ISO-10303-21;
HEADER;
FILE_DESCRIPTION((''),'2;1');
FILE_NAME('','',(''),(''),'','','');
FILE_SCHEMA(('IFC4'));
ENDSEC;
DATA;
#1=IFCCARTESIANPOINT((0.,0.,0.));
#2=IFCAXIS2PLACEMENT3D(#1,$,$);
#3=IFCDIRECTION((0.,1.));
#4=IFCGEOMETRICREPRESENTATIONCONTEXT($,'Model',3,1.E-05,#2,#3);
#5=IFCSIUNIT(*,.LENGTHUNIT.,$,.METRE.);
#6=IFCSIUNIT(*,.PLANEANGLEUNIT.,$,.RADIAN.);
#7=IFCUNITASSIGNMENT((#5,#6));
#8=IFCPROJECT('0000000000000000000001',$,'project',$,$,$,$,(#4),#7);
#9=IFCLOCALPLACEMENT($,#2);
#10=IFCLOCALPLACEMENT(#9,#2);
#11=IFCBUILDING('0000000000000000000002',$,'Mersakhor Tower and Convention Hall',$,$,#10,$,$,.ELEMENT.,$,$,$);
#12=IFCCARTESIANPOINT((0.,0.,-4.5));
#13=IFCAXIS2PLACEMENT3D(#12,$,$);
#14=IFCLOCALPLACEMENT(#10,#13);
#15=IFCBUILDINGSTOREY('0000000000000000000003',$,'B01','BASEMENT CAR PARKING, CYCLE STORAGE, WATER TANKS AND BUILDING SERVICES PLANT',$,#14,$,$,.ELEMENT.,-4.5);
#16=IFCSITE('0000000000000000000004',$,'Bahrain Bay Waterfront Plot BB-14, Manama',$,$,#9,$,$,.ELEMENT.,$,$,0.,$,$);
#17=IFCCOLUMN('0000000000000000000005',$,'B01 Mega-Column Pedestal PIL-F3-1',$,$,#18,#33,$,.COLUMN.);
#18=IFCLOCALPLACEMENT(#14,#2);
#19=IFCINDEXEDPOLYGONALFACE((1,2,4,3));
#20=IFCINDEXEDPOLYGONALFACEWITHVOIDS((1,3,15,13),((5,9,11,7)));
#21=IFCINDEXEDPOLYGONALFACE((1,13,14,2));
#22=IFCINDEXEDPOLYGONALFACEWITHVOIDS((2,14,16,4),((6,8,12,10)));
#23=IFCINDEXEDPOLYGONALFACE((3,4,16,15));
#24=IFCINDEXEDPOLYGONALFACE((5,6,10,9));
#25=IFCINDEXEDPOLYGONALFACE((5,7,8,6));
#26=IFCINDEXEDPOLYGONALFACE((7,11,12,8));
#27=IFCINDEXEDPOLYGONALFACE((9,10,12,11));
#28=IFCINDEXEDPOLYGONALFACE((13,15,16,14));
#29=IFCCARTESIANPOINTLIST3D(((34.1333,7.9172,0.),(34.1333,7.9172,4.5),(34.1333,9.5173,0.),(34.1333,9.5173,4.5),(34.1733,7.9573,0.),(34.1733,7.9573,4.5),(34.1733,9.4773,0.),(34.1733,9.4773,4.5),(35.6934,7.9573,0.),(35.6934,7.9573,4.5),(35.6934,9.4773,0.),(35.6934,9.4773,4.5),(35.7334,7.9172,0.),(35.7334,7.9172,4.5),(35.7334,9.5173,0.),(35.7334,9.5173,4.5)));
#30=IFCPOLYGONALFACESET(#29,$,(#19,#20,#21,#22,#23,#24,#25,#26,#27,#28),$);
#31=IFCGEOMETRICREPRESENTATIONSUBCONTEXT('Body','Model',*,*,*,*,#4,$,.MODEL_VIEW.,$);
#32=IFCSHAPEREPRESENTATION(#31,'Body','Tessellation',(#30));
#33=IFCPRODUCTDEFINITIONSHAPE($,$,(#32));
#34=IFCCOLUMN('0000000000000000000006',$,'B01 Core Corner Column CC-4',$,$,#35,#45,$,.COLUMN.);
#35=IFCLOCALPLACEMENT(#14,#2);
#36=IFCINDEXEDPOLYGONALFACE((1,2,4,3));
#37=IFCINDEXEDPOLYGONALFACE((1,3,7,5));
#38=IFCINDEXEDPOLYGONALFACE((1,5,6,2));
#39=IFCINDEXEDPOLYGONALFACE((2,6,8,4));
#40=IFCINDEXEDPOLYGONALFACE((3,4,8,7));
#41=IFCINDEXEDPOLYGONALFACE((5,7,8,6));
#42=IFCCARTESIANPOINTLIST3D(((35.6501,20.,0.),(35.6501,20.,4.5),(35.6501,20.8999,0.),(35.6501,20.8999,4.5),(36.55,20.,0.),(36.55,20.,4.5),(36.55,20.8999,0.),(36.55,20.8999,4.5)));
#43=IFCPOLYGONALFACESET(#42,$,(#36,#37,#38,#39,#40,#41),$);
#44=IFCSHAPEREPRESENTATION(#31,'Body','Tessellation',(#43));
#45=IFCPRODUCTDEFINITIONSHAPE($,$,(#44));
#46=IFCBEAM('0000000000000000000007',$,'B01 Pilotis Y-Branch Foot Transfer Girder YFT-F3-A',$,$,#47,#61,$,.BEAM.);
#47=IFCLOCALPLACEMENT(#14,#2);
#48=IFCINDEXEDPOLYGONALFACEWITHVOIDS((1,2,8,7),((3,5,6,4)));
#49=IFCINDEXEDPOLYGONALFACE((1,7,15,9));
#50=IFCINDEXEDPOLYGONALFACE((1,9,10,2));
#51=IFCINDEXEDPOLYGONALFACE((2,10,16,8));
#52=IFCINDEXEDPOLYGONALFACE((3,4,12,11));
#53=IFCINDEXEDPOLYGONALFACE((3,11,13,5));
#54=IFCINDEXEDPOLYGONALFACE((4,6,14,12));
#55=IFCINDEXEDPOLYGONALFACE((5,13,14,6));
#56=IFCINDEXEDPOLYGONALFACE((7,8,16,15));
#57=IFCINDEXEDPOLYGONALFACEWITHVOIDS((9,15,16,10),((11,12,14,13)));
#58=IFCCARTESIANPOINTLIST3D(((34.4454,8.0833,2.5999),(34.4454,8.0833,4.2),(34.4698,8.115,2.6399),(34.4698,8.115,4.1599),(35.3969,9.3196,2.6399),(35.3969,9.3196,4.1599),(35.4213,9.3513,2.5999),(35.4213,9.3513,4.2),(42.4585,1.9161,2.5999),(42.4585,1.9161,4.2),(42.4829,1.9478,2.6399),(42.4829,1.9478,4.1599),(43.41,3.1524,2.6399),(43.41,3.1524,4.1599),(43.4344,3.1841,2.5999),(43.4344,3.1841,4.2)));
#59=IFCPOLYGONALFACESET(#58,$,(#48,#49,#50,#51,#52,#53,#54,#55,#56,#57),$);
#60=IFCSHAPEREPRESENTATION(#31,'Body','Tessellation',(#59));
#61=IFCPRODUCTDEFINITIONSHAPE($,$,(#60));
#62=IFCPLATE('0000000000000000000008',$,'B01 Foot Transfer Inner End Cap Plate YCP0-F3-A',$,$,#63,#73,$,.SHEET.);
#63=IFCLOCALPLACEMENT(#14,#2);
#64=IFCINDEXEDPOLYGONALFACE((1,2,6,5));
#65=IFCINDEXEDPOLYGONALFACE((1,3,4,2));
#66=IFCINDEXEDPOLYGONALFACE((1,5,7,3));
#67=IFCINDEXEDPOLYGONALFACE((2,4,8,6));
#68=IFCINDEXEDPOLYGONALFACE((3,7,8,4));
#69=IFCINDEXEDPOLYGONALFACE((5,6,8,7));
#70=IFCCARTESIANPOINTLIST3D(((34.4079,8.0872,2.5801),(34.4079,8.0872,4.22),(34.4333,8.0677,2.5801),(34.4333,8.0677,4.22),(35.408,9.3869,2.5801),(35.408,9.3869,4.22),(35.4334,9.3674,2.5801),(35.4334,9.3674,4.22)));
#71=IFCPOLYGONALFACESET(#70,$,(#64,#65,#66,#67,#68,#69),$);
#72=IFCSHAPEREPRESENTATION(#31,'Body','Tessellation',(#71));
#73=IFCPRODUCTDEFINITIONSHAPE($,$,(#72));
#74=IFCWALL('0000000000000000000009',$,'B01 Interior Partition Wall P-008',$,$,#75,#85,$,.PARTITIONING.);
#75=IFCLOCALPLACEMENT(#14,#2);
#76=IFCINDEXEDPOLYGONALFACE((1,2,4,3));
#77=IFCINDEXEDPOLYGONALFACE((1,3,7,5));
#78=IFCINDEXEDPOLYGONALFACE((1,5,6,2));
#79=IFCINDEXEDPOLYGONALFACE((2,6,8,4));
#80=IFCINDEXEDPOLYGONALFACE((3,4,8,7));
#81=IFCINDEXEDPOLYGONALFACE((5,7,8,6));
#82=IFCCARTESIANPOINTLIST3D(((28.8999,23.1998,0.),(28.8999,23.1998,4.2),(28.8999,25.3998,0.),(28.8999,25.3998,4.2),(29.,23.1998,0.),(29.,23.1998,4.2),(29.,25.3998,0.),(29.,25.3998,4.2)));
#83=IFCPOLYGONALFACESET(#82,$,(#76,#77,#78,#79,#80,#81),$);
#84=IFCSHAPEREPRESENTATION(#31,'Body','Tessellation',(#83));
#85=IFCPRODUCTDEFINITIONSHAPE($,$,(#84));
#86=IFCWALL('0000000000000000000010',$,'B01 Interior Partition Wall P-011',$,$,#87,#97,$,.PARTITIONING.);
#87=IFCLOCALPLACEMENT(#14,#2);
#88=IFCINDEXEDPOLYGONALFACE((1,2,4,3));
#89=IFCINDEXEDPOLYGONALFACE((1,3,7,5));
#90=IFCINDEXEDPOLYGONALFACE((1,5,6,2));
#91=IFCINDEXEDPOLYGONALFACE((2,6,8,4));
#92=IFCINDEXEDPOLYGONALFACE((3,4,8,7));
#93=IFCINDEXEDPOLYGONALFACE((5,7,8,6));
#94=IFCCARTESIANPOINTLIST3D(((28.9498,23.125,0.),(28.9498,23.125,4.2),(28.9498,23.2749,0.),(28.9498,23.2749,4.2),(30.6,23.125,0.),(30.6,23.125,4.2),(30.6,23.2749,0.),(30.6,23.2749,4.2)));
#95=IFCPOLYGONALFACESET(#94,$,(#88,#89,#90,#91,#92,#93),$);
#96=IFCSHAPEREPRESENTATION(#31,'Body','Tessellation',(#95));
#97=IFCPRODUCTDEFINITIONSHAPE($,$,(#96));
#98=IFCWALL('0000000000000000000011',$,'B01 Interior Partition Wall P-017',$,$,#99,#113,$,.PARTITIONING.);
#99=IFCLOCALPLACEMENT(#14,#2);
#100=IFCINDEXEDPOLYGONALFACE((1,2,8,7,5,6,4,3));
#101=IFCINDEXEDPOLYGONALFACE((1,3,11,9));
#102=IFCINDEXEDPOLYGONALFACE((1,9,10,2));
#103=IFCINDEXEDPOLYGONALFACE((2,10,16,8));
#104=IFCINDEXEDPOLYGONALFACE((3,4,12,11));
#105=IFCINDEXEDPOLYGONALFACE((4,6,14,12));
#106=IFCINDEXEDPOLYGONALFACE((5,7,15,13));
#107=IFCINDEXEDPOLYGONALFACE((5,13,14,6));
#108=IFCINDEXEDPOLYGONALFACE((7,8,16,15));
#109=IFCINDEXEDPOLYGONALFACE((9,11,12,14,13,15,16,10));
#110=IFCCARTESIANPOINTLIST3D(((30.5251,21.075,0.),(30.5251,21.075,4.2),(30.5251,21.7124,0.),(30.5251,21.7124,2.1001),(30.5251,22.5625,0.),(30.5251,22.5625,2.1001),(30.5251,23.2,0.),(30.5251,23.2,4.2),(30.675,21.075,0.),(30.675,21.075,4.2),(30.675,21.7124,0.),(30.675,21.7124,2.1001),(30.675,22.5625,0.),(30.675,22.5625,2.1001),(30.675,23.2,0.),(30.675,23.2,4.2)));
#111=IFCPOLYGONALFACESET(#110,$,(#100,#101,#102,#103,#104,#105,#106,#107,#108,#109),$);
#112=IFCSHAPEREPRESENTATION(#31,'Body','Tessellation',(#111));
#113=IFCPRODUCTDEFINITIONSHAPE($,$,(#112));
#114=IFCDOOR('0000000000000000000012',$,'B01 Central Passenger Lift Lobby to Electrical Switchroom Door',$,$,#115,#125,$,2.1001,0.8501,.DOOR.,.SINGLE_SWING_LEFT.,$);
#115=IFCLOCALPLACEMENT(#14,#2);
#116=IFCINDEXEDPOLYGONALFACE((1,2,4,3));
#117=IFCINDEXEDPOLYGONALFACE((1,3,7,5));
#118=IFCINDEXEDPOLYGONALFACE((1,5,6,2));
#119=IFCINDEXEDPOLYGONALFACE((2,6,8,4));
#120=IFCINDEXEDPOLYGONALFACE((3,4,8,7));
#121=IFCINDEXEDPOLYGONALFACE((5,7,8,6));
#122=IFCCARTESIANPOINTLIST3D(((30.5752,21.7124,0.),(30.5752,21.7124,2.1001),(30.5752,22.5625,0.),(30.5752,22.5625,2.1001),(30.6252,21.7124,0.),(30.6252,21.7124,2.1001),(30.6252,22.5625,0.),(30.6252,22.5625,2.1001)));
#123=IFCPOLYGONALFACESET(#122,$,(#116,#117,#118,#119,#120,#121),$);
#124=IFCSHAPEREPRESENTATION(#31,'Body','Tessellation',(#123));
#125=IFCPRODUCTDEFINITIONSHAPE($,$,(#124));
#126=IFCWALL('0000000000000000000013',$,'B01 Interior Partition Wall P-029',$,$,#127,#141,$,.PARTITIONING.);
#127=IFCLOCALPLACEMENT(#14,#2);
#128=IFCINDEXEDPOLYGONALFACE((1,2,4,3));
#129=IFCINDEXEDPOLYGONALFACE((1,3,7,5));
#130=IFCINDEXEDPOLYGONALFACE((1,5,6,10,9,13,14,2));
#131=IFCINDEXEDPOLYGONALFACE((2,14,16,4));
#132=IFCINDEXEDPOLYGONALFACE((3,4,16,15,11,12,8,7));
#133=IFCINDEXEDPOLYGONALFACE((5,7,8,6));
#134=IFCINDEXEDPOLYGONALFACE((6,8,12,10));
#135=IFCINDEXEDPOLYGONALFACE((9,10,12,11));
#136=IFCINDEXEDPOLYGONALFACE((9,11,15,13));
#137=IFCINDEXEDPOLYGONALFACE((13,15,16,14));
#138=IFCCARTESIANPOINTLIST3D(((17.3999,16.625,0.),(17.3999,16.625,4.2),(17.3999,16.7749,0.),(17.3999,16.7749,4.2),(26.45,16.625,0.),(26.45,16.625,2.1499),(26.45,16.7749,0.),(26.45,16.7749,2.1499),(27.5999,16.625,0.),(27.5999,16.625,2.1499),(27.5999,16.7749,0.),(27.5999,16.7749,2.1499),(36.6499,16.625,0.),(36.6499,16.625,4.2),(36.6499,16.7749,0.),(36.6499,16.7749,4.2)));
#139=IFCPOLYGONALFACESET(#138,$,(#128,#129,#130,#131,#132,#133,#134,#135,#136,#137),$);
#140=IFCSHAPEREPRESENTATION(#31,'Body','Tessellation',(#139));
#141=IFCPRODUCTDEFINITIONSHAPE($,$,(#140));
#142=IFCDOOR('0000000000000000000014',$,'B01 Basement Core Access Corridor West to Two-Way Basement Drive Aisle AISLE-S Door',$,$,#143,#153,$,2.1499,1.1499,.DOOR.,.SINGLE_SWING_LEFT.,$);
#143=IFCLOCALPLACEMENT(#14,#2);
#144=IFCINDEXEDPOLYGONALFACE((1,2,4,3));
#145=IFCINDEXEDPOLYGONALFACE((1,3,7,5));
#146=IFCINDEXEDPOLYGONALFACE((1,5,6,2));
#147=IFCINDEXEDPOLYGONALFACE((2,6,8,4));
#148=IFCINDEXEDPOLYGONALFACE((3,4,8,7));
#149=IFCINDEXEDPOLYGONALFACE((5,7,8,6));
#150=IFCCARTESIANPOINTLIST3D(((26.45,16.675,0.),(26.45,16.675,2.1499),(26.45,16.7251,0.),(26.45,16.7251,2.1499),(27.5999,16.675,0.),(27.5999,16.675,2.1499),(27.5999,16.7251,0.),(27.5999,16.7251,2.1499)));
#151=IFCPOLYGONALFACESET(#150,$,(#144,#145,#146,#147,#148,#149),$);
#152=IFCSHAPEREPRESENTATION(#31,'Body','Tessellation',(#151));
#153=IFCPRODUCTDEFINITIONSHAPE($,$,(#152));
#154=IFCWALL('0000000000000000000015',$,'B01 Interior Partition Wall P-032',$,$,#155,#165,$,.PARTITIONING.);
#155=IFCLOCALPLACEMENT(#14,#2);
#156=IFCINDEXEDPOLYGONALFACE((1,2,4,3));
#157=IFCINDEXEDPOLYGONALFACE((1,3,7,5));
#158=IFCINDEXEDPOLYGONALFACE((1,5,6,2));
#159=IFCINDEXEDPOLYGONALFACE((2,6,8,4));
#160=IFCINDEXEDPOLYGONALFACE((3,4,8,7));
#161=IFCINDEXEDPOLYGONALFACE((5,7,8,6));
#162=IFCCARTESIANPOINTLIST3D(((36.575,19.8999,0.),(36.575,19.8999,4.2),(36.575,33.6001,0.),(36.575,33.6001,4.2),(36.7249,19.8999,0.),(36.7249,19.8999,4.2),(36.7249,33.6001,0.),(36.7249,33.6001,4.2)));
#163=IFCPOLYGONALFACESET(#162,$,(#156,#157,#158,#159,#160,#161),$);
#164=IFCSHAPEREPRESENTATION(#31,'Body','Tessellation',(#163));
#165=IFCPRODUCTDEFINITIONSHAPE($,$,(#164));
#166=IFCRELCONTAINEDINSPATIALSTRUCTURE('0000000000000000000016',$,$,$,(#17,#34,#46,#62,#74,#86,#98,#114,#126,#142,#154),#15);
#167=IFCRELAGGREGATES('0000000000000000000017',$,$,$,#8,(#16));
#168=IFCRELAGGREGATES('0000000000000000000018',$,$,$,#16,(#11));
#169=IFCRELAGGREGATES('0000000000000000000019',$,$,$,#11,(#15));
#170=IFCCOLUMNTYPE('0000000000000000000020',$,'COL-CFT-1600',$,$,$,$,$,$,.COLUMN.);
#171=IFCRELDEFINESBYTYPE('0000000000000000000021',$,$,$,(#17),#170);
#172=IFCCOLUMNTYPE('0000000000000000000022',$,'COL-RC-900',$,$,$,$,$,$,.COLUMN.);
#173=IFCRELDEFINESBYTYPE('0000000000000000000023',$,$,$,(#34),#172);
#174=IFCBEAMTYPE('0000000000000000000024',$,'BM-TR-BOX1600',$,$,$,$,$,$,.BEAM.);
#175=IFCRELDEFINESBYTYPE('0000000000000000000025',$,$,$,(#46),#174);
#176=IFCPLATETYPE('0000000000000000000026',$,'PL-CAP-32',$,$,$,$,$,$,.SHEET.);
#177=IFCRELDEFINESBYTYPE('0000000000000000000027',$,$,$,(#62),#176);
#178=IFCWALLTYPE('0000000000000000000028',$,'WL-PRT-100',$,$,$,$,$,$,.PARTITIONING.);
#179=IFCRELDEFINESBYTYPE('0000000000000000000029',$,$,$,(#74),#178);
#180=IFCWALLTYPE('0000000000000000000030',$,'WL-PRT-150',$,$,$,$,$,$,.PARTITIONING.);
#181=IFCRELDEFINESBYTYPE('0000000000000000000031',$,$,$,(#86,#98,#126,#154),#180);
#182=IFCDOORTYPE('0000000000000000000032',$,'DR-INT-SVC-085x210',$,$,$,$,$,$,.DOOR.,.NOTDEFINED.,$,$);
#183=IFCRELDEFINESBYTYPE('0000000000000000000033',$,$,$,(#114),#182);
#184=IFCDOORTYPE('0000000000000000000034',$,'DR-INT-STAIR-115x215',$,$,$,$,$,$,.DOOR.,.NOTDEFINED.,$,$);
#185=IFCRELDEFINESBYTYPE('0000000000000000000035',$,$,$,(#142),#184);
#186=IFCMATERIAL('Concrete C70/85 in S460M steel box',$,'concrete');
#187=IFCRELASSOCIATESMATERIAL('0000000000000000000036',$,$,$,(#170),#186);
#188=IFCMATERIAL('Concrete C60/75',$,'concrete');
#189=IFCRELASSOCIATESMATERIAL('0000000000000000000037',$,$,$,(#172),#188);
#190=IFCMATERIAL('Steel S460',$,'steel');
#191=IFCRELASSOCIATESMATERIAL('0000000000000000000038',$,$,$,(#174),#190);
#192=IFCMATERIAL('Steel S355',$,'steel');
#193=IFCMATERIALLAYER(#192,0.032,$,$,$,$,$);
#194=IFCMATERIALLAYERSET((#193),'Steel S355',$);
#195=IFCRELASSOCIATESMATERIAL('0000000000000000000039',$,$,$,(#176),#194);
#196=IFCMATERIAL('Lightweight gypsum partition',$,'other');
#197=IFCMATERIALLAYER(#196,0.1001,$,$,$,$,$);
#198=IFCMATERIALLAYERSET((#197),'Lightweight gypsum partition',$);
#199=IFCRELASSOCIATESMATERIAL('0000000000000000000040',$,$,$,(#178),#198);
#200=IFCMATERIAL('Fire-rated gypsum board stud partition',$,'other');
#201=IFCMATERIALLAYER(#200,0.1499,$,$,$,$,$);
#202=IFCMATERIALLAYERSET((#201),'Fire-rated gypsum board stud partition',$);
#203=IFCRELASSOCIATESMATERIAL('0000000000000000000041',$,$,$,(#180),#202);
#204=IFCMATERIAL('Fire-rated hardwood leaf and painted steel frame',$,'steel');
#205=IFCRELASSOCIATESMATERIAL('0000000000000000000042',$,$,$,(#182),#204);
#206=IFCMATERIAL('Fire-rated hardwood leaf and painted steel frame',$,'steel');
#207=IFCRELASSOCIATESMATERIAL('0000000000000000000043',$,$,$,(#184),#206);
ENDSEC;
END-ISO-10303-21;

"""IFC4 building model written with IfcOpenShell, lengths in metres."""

from ifc_helpers import new_model, si_unit, direction, frame, frame_2d, origin, origin_2d, place, context, subcontext, project, spatial, rectangle, hollow_rectangle, extrude, material, layer, layer_set, material_profile, profile_set, type_object, element, fill, save


model = new_model("IFC4")

# Units and contexts
model_context = context("Model", 3, precision=1e-05, world=origin(), true_north=direction((0.0, 1.0)))
body_context = subcontext(model_context, "Body", "Model", "MODEL_VIEW")
ifc_project = project(units=[si_unit("LENGTHUNIT", "METRE"), si_unit("PLANEANGLEUNIT", "RADIAN")], contexts=[model_context])

# Site, building, storey
site_placement = place(None, origin())
site = spatial("IfcSite", under=ifc_project, at=site_placement, Name="Bahrain Bay Waterfront Plot BB-14, Manama", CompositionType="ELEMENT", RefElevation=0.0)
building_placement = place(site_placement, origin())
building = spatial("IfcBuilding", under=site, at=building_placement, Name="Mersakhor Tower and Convention Hall", CompositionType="ELEMENT")
storey_placement = place(building_placement, frame((0.0, 0.0, -4.5)))
storey = spatial("IfcBuildingStorey", under=building, at=storey_placement, Name="B01", Description="BASEMENT CAR PARKING, CYCLE STORAGE, WATER TANKS AND BUILDING SERVICES PLANT", CompositionType="ELEMENT", Elevation=-4.5)

# Columns
ifc_material_1 = material(Name="Concrete C70/85 in S460M steel box", Category="concrete")
ifc_material_profile_1 = material_profile(ifc_material_1, hollow_rectangle(XDim=1.6001, YDim=1.6001, WallThickness=0.04, at=origin_2d()), Name="SHS 1600x1600x40")
ifc_profile_set_1 = profile_set([ifc_material_profile_1], Name="Concrete C70/85 in S460M steel box")
column_type_1 = type_object("IfcColumnType", Name="COL-CFT-1600", PredefinedType="COLUMN", material=ifc_profile_set_1)
column_1_placement = place(storey_placement, frame((34.9333, 8.7173, 0.0), z_axis=(0.0, 0.0, 1.0), x_axis=(1.0, 0.0, 0.0)))
element("IfcColumn", 1, at=column_1_placement, inside=storey, type_object=column_type_1, Name="B01 Mega-Column Pedestal PIL-F3-1", PredefinedType="COLUMN", context=body_context, shape_type="SweptSolid", body=[
    extrude(hollow_rectangle(XDim=1.6001, YDim=1.6001, WallThickness=0.04, at=origin_2d()), origin(), (0.0, 0.0, 1.0), 4.5),
])
ifc_material_2 = material(Name="Concrete C60/75", Category="concrete")
ifc_material_profile_2 = material_profile(ifc_material_2, rectangle(XDim=0.8999, YDim=0.8999, at=origin_2d()), Name="RC 900x900")
ifc_profile_set_2 = profile_set([ifc_material_profile_2], Name="Concrete C60/75")
column_type_2 = type_object("IfcColumnType", Name="COL-RC-900", PredefinedType="COLUMN", material=ifc_profile_set_2)
column_2_placement = place(storey_placement, frame((36.1001, 20.45, 0.0), z_axis=(0.0, 0.0, 1.0), x_axis=(1.0, 0.0, 0.0)))
element("IfcColumn", 2, at=column_2_placement, inside=storey, type_object=column_type_2, Name="B01 Core Corner Column CC-4", PredefinedType="COLUMN", context=body_context, shape_type="SweptSolid", body=[
    extrude(rectangle(XDim=0.8999, YDim=0.8999, at=origin_2d()), origin(), (0.0, 0.0, 1.0), 4.5),
])

# Beam
ifc_material_3 = material(Name="Steel S460", Category="steel")
ifc_material_profile_3 = material_profile(ifc_material_3, hollow_rectangle(XDim=1.6001, YDim=1.6001, WallThickness=0.04, at=origin_2d()), Name="SHS 1600x1600x40")
ifc_profile_set_3 = profile_set([ifc_material_profile_3], Name="Steel S460")
beam_type = type_object("IfcBeamType", Name="BM-TR-BOX1600", PredefinedType="BEAM", material=ifc_profile_set_3)
beam_placement = place(storey_placement, frame((34.9333, 8.7173, 3.3999), z_axis=(0.792469, -0.609913, 0.0), x_axis=(0.609913, 0.792469, 0.0)))
element("IfcBeam", 3, at=beam_placement, inside=storey, type_object=beam_type, Name="B01 Pilotis Y-Branch Foot Transfer Girder YFT-F3-A", PredefinedType="BEAM", context=body_context, shape_type="SweptSolid", body=[
    extrude(hollow_rectangle(XDim=1.6001, YDim=1.6001, WallThickness=0.04, at=origin_2d()), origin(), (0.0, 0.0, 1.0), 10.1116),
])

# Plate
ifc_material_4 = material(Name="Steel S355", Category="steel")
ifc_layer_1 = layer(ifc_material_4, 0.032)
ifc_layer_set_1 = layer_set([ifc_layer_1], Name="Steel S355")
plate_type = type_object("IfcPlateType", Name="PL-CAP-32", PredefinedType="SHEET", material=ifc_layer_set_1)
plate_placement = place(storey_placement, frame((34.9207, 8.7273, 2.5801), z_axis=(0.0, 0.0, 1.0), x_axis=(0.792503, -0.609869, 0.0)))
element("IfcPlate", 4, at=plate_placement, inside=storey, type_object=plate_type, Name="B01 Foot Transfer Inner End Cap Plate YCP0-F3-A", PredefinedType="SHEET", context=body_context, shape_type="SweptSolid", body=[
    extrude(rectangle(XDim=0.032, YDim=1.6399, at=origin_2d()), origin(), (0.0, 0.0, 1.0), 1.6399),
])

# Walls
ifc_material_5 = material(Name="Lightweight gypsum partition", Category="other")
ifc_layer_2 = layer(ifc_material_5, 0.1001)
ifc_layer_set_2 = layer_set([ifc_layer_2], Name="Lightweight gypsum partition")
wall_type_1 = type_object("IfcWallType", Name="WL-PRT-100", PredefinedType="PARTITIONING", material=ifc_layer_set_2)
wall_1_placement = place(storey_placement, frame((28.95, 25.3999, 0.0), z_axis=(0.0, 0.0, 1.0), x_axis=(0.0, -1.0, 0.0)))
element("IfcWall", 5, at=wall_1_placement, inside=storey, type_object=wall_type_1, Name="B01 Interior Partition Wall P-008", PredefinedType="PARTITIONING", context=body_context, shape_type="SweptSolid", body=[
    extrude(rectangle(XDim=2.2, YDim=0.1001, at=frame_2d((1.1001, 0.0))), origin(), (0.0, 0.0, 1.0), 4.2),
])
ifc_material_6 = material(Name="Fire-rated gypsum board stud partition", Category="other")
ifc_layer_3 = layer(ifc_material_6, 0.1499)
ifc_layer_set_3 = layer_set([ifc_layer_3], Name="Fire-rated gypsum board stud partition")
wall_type_2 = type_object("IfcWallType", Name="WL-PRT-150", PredefinedType="PARTITIONING", material=ifc_layer_set_3)
wall_2_placement = place(storey_placement, frame((30.6001, 23.2, 0.0), z_axis=(0.0, 0.0, 1.0), x_axis=(-1.0, 0.0, 0.0)))
element("IfcWall", 6, at=wall_2_placement, inside=storey, type_object=wall_type_2, Name="B01 Interior Partition Wall P-011", PredefinedType="PARTITIONING", context=body_context, shape_type="SweptSolid", body=[
    extrude(rectangle(XDim=1.6501, YDim=0.1499, at=frame_2d((0.8252, 0.0))), origin(), (0.0, 0.0, 1.0), 4.2),
])

# Walls, openings, doors
wall_3_placement = place(storey_placement, frame((30.6001, 21.075, 0.0), z_axis=(0.0, 0.0, 1.0), x_axis=(0.0, 1.0, 0.0)))
wall_3 = element("IfcWall", 7, at=wall_3_placement, inside=storey, type_object=wall_type_2, Name="B01 Interior Partition Wall P-017", PredefinedType="PARTITIONING", context=body_context, shape_type="SweptSolid", body=[
    extrude(rectangle(XDim=2.125, YDim=0.1499, at=frame_2d((1.0625, 0.0))), origin(), (0.0, 0.0, 1.0), 4.2),
])
opening_1_placement = place(wall_3_placement, frame((0.6375, 0.0, 0.0)))
opening_1 = element("IfcOpeningElement", 8, at=opening_1_placement, cuts=wall_3, PredefinedType="OPENING", context=body_context, shape_type="SweptSolid", body=[
    extrude(rectangle(XDim=0.8501, YDim=2.1001, at=frame_2d((0.425, 1.05))), frame((0.0, 0.085, 0.0), z_axis=(0.0, -1.0, 0.0), x_axis=(1.0, 0.0, 0.0)), (0.0, 0.0, 1.0), 0.1699),
])
ifc_material_7 = material(Name="Fire-rated hardwood leaf and painted steel frame", Category="steel")
door_type_1 = type_object("IfcDoorType", Name="DR-INT-SVC-085x210", OperationType="NOTDEFINED", PredefinedType="DOOR", material=ifc_material_7)
door_1_placement = place(opening_1_placement, origin())
door_1 = element("IfcDoor", 9, at=door_1_placement, inside=storey, type_object=door_type_1, Name="B01 Central Passenger Lift Lobby to Electrical Switchroom Door", OperationType="SINGLE_SWING_LEFT", OverallHeight=2.1001, OverallWidth=0.8501, PredefinedType="DOOR", context=body_context, shape_type="SweptSolid", body=[
    extrude(rectangle(XDim=0.8501, YDim=2.1001, at=frame_2d((0.425, 1.05))), frame((0.0, 0.0249, 0.0), z_axis=(0.0, -1.0, 0.0), x_axis=(1.0, 0.0, 0.0)), (0.0, 0.0, 1.0), 0.05),
])
fill(opening_1, door_1)
wall_4_placement = place(storey_placement, frame((36.6499, 16.7, 0.0), z_axis=(0.0, 0.0, 1.0), x_axis=(-1.0, 0.0, 0.0)))
wall_4 = element("IfcWall", 10, at=wall_4_placement, inside=storey, type_object=wall_type_2, Name="B01 Interior Partition Wall P-029", PredefinedType="PARTITIONING", context=body_context, shape_type="SweptSolid", body=[
    extrude(rectangle(XDim=19.25, YDim=0.1499, at=frame_2d((9.625, 0.0))), origin(), (0.0, 0.0, 1.0), 4.2),
])
opening_2_placement = place(wall_4_placement, frame((9.05, 0.0, 0.0)))
opening_2 = element("IfcOpeningElement", 11, at=opening_2_placement, cuts=wall_4, PredefinedType="OPENING", context=body_context, shape_type="SweptSolid", body=[
    extrude(rectangle(XDim=1.1499, YDim=2.1499, at=frame_2d((0.575, 1.075))), frame((0.0, 0.085, 0.0), z_axis=(0.0, -1.0, 0.0), x_axis=(1.0, 0.0, 0.0)), (0.0, 0.0, 1.0), 0.1699),
])
ifc_material_8 = material(Name="Fire-rated hardwood leaf and painted steel frame", Category="steel")
door_type_2 = type_object("IfcDoorType", Name="DR-INT-STAIR-115x215", OperationType="NOTDEFINED", PredefinedType="DOOR", material=ifc_material_8)
door_2_placement = place(opening_2_placement, origin())
door_2 = element("IfcDoor", 12, at=door_2_placement, inside=storey, type_object=door_type_2, Name="B01 Basement Core Access Corridor West to Two-Way Basement Drive Aisle AISLE-S Door", OperationType="SINGLE_SWING_LEFT", OverallHeight=2.1499, OverallWidth=1.1499, PredefinedType="DOOR", context=body_context, shape_type="SweptSolid", body=[
    extrude(rectangle(XDim=1.1499, YDim=2.1499, at=frame_2d((0.575, 1.075))), frame((0.0, 0.0249, 0.0), z_axis=(0.0, -1.0, 0.0), x_axis=(1.0, 0.0, 0.0)), (0.0, 0.0, 1.0), 0.05),
])
fill(opening_2, door_2)

# Wall
wall_5_placement = place(storey_placement, frame((36.6499, 19.8999, 0.0), z_axis=(0.0, 0.0, 1.0), x_axis=(0.0, 1.0, 0.0)))
element("IfcWall", 13, at=wall_5_placement, inside=storey, type_object=wall_type_2, Name="B01 Interior Partition Wall P-032", PredefinedType="PARTITIONING", context=body_context, shape_type="SweptSolid", body=[
    extrude(rectangle(XDim=13.7002, YDim=0.1499, at=frame_2d((6.8501, 0.0))), origin(), (0.0, 0.0, 1.0), 4.2),
])

save(model, "model.ifc")
